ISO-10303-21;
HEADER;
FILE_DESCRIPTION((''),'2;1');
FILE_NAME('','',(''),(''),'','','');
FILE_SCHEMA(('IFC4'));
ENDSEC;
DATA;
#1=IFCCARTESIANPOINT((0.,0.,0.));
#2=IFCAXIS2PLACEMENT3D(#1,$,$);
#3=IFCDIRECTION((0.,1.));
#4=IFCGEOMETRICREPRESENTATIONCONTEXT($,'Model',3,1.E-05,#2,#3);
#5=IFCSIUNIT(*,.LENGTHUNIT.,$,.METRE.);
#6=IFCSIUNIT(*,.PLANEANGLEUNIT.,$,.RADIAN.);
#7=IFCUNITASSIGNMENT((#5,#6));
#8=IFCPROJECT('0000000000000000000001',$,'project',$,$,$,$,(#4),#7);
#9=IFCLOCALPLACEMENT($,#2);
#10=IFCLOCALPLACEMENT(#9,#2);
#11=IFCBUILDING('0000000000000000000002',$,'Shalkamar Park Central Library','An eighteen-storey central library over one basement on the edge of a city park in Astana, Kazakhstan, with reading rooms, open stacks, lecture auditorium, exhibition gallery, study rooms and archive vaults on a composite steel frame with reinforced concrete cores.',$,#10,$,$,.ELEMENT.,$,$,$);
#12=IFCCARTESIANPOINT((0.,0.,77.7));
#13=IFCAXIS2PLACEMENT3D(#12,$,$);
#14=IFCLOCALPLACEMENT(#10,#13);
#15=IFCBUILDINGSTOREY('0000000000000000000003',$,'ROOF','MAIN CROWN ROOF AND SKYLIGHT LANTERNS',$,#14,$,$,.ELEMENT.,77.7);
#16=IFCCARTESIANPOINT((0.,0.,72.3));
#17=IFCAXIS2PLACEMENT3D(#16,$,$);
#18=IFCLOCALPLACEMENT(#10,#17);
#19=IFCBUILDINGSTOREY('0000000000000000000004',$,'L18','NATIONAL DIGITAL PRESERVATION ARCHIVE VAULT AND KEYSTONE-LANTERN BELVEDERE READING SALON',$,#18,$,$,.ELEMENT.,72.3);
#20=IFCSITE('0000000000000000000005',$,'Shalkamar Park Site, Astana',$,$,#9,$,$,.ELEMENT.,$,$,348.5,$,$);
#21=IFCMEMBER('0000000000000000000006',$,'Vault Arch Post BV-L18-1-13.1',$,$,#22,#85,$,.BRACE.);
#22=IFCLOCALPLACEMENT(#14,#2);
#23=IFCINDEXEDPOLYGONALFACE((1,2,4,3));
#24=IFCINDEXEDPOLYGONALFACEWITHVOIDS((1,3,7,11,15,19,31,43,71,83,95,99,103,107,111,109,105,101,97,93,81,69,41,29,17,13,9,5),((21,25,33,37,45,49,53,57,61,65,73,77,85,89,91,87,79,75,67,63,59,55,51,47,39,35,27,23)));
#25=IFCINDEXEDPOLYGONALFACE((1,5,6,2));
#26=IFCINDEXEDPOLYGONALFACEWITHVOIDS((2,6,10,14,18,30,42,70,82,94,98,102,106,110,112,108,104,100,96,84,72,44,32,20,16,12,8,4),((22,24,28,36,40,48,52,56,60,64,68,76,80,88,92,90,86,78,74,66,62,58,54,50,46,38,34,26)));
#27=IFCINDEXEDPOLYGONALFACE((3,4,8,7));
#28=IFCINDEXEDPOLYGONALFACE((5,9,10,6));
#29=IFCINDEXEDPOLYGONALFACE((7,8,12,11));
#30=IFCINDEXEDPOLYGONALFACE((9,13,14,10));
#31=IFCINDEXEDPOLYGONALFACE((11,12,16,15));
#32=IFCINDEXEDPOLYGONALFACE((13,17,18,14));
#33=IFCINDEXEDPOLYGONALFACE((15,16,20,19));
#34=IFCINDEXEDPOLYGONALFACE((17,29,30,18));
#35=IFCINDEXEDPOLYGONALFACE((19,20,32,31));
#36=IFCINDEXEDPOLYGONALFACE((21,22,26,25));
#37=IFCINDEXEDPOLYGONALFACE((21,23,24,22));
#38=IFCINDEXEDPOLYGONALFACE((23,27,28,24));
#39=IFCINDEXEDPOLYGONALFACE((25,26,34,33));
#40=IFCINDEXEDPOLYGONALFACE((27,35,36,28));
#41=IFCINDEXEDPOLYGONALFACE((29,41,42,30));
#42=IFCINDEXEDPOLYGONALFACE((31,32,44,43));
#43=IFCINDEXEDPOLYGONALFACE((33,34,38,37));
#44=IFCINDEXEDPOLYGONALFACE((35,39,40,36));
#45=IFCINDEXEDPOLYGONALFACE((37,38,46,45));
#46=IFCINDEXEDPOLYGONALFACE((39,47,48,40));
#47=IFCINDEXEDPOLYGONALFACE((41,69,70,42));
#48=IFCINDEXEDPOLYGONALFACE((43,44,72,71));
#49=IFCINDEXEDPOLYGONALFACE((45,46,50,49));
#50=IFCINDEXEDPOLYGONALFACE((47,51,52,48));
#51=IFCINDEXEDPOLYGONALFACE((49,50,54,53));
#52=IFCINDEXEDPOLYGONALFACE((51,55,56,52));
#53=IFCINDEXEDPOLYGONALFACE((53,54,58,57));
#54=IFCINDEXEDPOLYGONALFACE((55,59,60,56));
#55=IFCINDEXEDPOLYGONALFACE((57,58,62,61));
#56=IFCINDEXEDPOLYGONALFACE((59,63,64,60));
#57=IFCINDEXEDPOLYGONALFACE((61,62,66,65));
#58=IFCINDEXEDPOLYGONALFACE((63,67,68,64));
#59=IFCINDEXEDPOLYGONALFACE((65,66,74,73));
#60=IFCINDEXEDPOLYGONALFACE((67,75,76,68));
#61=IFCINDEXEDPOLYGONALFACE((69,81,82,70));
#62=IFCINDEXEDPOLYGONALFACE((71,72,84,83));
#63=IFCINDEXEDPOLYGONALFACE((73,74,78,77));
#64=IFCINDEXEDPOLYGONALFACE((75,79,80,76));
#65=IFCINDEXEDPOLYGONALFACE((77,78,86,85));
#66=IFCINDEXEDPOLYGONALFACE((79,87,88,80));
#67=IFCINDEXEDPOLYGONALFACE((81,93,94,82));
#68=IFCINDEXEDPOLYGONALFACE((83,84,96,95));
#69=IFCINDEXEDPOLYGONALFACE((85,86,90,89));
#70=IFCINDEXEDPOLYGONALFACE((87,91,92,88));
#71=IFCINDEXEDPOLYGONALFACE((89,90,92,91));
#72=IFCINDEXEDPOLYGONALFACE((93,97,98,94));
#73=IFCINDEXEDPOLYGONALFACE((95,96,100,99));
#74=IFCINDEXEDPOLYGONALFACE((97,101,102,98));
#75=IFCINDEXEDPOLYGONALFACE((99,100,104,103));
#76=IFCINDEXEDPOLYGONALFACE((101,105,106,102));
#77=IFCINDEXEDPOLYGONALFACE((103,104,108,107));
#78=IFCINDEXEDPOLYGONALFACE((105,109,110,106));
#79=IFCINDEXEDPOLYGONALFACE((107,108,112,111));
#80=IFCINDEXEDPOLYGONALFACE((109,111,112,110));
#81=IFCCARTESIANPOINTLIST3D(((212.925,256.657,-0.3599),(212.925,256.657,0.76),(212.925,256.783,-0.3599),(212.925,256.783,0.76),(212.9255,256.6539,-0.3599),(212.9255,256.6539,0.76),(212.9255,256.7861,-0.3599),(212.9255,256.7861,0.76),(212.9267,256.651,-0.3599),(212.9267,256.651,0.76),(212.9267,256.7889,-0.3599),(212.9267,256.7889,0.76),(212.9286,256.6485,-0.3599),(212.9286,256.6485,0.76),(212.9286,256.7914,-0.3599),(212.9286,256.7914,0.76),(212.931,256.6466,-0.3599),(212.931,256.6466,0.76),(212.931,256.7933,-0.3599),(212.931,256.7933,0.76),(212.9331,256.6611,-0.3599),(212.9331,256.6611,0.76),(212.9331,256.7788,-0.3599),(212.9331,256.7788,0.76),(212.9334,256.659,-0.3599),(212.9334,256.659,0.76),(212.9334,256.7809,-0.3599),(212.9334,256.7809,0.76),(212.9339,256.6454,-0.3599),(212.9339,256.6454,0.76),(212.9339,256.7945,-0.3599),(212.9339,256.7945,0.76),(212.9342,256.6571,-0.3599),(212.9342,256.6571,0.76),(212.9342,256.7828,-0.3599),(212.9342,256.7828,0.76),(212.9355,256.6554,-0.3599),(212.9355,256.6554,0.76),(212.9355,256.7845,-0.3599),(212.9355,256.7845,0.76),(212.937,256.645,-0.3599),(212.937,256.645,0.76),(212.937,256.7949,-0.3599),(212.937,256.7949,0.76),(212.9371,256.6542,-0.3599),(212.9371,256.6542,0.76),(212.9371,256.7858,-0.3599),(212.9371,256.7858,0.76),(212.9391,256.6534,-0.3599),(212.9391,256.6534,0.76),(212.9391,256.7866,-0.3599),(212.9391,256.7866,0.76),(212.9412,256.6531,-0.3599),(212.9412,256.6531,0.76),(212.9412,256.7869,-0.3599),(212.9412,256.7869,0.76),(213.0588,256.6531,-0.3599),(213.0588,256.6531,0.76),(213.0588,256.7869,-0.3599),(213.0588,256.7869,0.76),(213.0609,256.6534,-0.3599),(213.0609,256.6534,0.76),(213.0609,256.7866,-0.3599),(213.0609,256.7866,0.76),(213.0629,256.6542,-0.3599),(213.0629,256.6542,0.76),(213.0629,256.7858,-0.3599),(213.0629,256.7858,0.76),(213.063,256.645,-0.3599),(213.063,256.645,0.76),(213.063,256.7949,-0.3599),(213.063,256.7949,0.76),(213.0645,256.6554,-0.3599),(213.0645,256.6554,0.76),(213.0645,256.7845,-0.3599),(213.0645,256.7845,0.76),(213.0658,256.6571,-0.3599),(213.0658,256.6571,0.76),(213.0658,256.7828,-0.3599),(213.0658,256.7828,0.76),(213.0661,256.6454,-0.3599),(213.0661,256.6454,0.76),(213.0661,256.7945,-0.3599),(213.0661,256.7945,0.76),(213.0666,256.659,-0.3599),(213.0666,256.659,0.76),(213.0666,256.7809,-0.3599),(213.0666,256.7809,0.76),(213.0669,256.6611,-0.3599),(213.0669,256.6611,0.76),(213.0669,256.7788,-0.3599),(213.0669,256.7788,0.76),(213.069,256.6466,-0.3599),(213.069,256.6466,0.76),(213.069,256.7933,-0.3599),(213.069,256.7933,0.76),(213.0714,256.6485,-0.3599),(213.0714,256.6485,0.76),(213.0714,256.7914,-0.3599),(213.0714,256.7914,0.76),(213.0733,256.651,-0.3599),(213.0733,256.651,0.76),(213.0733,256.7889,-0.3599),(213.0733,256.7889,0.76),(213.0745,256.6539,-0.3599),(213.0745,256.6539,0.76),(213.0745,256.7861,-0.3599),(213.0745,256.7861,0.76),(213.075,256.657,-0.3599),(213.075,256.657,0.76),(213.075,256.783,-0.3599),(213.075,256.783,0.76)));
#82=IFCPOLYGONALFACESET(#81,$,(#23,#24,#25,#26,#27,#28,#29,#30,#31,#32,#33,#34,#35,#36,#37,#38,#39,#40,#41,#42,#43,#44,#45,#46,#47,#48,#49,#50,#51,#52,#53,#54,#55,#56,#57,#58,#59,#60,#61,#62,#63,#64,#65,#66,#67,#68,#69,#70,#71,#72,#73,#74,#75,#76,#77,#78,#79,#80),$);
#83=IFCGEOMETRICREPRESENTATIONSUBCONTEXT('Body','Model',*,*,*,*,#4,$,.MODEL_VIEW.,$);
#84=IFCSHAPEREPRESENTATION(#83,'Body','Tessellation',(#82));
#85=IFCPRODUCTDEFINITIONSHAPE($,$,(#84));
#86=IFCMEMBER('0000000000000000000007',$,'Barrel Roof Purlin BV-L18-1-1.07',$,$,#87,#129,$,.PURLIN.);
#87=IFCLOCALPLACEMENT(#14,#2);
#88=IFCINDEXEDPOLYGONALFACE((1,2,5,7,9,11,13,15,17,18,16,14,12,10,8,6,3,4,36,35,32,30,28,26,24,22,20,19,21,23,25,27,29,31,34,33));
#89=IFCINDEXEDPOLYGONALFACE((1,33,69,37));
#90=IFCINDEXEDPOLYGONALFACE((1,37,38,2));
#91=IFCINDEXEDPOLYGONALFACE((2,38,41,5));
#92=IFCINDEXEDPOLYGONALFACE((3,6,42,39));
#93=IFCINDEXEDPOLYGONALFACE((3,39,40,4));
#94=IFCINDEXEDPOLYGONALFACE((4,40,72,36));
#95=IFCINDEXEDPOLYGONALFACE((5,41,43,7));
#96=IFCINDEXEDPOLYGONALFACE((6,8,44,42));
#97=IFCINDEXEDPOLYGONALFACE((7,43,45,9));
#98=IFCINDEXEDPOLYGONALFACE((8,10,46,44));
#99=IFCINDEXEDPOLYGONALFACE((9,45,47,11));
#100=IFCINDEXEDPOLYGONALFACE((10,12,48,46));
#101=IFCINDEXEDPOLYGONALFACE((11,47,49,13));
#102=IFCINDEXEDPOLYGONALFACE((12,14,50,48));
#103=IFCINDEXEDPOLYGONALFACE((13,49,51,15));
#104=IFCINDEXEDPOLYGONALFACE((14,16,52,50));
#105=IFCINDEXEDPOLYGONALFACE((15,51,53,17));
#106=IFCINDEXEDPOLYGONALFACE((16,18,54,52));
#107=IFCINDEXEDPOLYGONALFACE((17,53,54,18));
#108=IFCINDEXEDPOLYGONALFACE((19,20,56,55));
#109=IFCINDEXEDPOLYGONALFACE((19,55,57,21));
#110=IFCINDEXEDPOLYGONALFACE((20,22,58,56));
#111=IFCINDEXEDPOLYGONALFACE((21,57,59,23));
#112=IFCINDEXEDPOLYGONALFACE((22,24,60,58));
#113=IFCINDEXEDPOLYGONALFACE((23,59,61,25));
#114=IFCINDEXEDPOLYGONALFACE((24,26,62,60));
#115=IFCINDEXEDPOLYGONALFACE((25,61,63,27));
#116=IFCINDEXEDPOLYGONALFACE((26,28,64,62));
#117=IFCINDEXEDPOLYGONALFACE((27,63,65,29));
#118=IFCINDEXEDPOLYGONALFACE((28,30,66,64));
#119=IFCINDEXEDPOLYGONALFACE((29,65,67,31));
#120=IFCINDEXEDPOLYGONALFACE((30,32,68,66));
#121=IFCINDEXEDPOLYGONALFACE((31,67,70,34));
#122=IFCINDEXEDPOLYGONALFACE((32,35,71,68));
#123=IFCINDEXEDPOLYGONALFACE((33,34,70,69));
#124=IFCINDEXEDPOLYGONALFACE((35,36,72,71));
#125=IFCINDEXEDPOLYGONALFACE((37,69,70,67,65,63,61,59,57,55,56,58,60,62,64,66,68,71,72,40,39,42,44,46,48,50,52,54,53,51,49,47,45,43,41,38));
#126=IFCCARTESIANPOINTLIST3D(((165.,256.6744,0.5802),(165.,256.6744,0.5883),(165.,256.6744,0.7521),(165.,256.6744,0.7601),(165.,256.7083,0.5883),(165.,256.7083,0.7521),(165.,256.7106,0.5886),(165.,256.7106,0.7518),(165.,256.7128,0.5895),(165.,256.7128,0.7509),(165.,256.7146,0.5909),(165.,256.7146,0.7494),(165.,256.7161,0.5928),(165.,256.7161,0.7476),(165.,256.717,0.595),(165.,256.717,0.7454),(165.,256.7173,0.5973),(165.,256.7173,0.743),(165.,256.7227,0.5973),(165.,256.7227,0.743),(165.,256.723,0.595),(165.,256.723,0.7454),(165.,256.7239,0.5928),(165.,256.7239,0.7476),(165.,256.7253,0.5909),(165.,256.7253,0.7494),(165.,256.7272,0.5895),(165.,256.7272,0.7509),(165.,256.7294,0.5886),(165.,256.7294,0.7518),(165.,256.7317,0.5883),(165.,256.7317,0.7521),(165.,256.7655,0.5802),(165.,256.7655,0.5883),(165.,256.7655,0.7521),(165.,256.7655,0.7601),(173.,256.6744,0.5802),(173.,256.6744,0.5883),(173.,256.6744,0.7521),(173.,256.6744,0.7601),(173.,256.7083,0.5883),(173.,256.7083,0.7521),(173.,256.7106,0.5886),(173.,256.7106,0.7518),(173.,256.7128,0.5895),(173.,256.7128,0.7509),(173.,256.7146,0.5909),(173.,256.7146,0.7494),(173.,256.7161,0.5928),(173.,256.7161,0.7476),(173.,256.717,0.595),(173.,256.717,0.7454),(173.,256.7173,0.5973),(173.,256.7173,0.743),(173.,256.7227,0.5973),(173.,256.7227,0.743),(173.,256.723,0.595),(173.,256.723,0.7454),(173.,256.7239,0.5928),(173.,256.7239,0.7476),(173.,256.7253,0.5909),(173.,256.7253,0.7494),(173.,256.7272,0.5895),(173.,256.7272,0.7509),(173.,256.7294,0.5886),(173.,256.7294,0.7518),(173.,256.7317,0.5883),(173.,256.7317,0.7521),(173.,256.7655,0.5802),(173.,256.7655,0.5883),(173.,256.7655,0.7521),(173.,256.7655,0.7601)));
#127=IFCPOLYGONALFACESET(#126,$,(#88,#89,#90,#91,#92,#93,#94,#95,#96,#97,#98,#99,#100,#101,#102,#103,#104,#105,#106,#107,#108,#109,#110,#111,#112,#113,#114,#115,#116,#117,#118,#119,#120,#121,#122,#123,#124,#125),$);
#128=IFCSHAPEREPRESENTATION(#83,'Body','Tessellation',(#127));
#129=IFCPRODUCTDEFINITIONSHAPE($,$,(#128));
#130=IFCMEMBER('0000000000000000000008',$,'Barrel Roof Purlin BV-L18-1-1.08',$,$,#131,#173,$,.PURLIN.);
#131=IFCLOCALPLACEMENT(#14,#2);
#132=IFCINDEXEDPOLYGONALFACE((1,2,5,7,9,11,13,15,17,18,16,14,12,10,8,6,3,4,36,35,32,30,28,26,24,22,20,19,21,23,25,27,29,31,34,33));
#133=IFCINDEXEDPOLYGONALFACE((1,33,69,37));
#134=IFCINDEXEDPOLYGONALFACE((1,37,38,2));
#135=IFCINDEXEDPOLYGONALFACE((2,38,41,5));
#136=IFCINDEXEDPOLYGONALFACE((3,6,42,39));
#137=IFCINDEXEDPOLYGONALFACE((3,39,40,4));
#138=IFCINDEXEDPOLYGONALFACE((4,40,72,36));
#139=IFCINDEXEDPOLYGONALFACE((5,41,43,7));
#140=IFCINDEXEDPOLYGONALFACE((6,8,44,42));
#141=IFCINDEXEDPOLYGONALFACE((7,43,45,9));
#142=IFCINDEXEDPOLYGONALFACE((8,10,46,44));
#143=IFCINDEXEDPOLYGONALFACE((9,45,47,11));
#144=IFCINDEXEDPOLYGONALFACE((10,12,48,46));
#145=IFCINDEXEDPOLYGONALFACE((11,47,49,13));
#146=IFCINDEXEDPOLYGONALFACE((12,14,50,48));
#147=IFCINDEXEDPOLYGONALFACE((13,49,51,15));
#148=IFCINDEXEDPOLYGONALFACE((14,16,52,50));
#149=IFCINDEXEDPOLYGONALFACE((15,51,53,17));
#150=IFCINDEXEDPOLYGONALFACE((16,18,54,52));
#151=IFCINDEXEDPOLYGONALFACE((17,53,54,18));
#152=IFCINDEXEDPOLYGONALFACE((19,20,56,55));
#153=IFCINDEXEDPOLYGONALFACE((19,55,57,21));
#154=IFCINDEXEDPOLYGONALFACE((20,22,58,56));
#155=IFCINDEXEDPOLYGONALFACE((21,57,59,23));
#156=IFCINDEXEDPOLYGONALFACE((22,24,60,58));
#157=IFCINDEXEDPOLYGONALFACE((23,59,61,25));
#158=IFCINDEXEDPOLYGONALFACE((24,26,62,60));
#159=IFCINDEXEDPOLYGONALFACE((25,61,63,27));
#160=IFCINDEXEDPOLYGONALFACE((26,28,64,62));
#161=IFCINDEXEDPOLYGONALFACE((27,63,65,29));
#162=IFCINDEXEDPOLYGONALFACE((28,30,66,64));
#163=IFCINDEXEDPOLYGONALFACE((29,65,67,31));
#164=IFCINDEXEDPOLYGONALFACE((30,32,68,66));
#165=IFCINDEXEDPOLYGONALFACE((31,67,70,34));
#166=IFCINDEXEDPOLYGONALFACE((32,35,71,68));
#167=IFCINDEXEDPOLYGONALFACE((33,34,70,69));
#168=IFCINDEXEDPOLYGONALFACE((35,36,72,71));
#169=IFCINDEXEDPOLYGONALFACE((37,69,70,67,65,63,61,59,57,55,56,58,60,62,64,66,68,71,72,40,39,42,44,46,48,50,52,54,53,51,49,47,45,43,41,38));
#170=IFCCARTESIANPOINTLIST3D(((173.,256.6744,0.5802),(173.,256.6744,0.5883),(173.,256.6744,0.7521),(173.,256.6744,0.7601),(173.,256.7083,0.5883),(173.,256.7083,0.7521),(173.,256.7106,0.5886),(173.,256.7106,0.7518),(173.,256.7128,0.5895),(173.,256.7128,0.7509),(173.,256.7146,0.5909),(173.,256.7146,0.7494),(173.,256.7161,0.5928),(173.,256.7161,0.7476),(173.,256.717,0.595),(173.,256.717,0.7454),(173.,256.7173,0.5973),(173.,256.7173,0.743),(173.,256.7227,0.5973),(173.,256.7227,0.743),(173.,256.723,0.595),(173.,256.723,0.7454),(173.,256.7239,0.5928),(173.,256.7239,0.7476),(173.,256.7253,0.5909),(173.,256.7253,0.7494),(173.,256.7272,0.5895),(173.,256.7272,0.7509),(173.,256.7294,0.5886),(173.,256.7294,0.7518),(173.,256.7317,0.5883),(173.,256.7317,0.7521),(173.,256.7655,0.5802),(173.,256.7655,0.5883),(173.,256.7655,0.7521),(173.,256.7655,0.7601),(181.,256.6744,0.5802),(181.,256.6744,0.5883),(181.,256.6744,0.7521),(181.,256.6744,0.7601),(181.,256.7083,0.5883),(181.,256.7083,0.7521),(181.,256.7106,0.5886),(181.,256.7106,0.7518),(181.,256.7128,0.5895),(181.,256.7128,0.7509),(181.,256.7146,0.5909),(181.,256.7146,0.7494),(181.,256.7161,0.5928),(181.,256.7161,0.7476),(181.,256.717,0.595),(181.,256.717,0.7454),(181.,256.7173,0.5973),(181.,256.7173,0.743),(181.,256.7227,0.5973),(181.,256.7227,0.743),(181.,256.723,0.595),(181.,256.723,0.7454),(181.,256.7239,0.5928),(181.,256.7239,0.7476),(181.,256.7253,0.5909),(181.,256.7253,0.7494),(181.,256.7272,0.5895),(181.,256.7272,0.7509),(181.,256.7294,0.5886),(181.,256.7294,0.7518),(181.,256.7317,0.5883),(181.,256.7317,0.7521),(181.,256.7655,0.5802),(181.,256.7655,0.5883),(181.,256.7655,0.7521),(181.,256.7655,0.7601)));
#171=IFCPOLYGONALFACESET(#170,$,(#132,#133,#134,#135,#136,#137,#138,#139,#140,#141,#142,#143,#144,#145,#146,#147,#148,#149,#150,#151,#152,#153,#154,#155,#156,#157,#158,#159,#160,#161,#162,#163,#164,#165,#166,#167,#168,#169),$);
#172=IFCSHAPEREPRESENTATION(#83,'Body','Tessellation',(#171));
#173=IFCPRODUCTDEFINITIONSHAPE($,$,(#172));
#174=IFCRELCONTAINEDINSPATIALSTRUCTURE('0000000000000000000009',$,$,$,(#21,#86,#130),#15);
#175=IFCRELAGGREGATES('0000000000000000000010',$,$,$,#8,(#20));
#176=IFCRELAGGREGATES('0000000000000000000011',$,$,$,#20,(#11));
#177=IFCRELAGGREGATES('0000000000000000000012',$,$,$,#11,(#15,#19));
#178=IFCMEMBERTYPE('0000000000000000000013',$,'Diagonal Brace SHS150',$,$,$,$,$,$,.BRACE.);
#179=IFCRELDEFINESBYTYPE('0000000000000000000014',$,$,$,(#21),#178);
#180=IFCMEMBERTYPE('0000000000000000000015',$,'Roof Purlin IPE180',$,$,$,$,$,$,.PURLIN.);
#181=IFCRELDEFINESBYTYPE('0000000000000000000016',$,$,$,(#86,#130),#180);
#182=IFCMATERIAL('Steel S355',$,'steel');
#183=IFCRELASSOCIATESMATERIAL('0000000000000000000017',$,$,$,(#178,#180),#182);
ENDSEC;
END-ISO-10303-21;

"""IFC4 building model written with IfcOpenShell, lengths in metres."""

from ifc_helpers import new_model, si_unit, direction, frame, origin, origin_2d, place, context, subcontext, project, spatial, hollow_rectangle, i_section, extrude, material, material_profile, profile_set, type_object, element, save


model = new_model("IFC4")

# Units and contexts
model_context = context("Model", 3, precision=1e-05, world=origin(), true_north=direction((0.0, 1.0)))
body_context = subcontext(model_context, "Body", "Model", "MODEL_VIEW")
ifc_project = project(units=[si_unit("LENGTHUNIT", "METRE"), si_unit("PLANEANGLEUNIT", "RADIAN")], contexts=[model_context])

# Site, building, storey
site_placement = place(None, origin())
site = spatial("IfcSite", under=ifc_project, at=site_placement, Name="Shalkamar Park Site, Astana", CompositionType="ELEMENT", RefElevation=348.5)
building_placement = place(site_placement, origin())
building = spatial("IfcBuilding", under=site, at=building_placement, Name="Shalkamar Park Central Library", Description="An eighteen-storey central library over one basement on the edge of a city park in Astana, Kazakhstan, with reading rooms, open stacks, lecture auditorium, exhibition gallery, study rooms and archive vaults on a composite steel frame with reinforced concrete cores.", CompositionType="ELEMENT")
storey_1_placement = place(building_placement, frame((0.0, 0.0, 77.7)))
storey_1 = spatial("IfcBuildingStorey", under=building, at=storey_1_placement, Name="ROOF", Description="MAIN CROWN ROOF AND SKYLIGHT LANTERNS", CompositionType="ELEMENT", Elevation=77.7)

# Members
ifc_material_1 = material(Name="Steel S355", Category="steel")
ifc_material_profile_1 = material_profile(ifc_material_1, hollow_rectangle(XDim=0.1499, YDim=0.1499, WallThickness=0.0081, InnerFilletRadius=0.0081, OuterFilletRadius=0.012, at=origin_2d()), Name="SHS 150x150x8")
ifc_profile_set_1 = profile_set([ifc_material_profile_1], Name="Steel S355")
member_type_1 = type_object("IfcMemberType", Name="Diagonal Brace SHS150", PredefinedType="BRACE", material=ifc_profile_set_1)
for number, where, z_axis, x_axis, name in (
    (1, (213.0, 256.72, -0.3599), (0.0, 0.0, 1.0), (1.0, 0.0, 0.0), "Vault Arch Post BV-L18-1-13.1"),
):
    element("IfcMember", number, at=place(storey_1_placement, frame(where, z_axis=z_axis, x_axis=x_axis)), inside=storey_1, type_object=member_type_1, Name=name, PredefinedType="BRACE", context=body_context, shape_type="SweptSolid", body=[
        extrude(hollow_rectangle(XDim=0.1499, YDim=0.1499, WallThickness=0.0081, InnerFilletRadius=0.0081, OuterFilletRadius=0.012, at=origin_2d()), origin(), (0.0, 0.0, 1.0), 1.1199),
    ])
ifc_material_profile_2 = material_profile(ifc_material_1, i_section(OverallWidth=0.0911, OverallDepth=0.1799, WebThickness=0.0054, FlangeThickness=0.0081, FilletRadius=0.009, at=origin_2d()), Name="IPE 180")
ifc_profile_set_2 = profile_set([ifc_material_profile_2], Name="Steel S355")
member_type_2 = type_object("IfcMemberType", Name="Roof Purlin IPE180", PredefinedType="PURLIN", material=ifc_profile_set_2)
for number, where, z_axis, x_axis, name in (
    (2, (165.0, 256.72, 0.6702), (1.0, 0.0, 0.0), (0.0, 1.0, 0.0), "Barrel Roof Purlin BV-L18-1-1.07"),
    (3, (173.0, 256.72, 0.6702), (1.0, 0.0, 0.0), (0.0, 1.0, 0.0), "Barrel Roof Purlin BV-L18-1-1.08"),
):
    element("IfcMember", number, at=place(storey_1_placement, frame(where, z_axis=z_axis, x_axis=x_axis)), inside=storey_1, type_object=member_type_2, Name=name, PredefinedType="PURLIN", context=body_context, shape_type="SweptSolid", body=[
        extrude(i_section(OverallWidth=0.0911, OverallDepth=0.1799, WebThickness=0.0054, FlangeThickness=0.0081, FilletRadius=0.009, at=origin_2d()), origin(), (0.0, 0.0, 1.0), 8.0),
    ])

# Shared definitions
storey_2_placement = place(building_placement, frame((0.0, 0.0, 72.3)))
storey_2 = spatial("IfcBuildingStorey", under=building, at=storey_2_placement, Name="L18", Description="NATIONAL DIGITAL PRESERVATION ARCHIVE VAULT AND KEYSTONE-LANTERN BELVEDERE READING SALON", CompositionType="ELEMENT", Elevation=72.3)

save(model, "model.ifc")
